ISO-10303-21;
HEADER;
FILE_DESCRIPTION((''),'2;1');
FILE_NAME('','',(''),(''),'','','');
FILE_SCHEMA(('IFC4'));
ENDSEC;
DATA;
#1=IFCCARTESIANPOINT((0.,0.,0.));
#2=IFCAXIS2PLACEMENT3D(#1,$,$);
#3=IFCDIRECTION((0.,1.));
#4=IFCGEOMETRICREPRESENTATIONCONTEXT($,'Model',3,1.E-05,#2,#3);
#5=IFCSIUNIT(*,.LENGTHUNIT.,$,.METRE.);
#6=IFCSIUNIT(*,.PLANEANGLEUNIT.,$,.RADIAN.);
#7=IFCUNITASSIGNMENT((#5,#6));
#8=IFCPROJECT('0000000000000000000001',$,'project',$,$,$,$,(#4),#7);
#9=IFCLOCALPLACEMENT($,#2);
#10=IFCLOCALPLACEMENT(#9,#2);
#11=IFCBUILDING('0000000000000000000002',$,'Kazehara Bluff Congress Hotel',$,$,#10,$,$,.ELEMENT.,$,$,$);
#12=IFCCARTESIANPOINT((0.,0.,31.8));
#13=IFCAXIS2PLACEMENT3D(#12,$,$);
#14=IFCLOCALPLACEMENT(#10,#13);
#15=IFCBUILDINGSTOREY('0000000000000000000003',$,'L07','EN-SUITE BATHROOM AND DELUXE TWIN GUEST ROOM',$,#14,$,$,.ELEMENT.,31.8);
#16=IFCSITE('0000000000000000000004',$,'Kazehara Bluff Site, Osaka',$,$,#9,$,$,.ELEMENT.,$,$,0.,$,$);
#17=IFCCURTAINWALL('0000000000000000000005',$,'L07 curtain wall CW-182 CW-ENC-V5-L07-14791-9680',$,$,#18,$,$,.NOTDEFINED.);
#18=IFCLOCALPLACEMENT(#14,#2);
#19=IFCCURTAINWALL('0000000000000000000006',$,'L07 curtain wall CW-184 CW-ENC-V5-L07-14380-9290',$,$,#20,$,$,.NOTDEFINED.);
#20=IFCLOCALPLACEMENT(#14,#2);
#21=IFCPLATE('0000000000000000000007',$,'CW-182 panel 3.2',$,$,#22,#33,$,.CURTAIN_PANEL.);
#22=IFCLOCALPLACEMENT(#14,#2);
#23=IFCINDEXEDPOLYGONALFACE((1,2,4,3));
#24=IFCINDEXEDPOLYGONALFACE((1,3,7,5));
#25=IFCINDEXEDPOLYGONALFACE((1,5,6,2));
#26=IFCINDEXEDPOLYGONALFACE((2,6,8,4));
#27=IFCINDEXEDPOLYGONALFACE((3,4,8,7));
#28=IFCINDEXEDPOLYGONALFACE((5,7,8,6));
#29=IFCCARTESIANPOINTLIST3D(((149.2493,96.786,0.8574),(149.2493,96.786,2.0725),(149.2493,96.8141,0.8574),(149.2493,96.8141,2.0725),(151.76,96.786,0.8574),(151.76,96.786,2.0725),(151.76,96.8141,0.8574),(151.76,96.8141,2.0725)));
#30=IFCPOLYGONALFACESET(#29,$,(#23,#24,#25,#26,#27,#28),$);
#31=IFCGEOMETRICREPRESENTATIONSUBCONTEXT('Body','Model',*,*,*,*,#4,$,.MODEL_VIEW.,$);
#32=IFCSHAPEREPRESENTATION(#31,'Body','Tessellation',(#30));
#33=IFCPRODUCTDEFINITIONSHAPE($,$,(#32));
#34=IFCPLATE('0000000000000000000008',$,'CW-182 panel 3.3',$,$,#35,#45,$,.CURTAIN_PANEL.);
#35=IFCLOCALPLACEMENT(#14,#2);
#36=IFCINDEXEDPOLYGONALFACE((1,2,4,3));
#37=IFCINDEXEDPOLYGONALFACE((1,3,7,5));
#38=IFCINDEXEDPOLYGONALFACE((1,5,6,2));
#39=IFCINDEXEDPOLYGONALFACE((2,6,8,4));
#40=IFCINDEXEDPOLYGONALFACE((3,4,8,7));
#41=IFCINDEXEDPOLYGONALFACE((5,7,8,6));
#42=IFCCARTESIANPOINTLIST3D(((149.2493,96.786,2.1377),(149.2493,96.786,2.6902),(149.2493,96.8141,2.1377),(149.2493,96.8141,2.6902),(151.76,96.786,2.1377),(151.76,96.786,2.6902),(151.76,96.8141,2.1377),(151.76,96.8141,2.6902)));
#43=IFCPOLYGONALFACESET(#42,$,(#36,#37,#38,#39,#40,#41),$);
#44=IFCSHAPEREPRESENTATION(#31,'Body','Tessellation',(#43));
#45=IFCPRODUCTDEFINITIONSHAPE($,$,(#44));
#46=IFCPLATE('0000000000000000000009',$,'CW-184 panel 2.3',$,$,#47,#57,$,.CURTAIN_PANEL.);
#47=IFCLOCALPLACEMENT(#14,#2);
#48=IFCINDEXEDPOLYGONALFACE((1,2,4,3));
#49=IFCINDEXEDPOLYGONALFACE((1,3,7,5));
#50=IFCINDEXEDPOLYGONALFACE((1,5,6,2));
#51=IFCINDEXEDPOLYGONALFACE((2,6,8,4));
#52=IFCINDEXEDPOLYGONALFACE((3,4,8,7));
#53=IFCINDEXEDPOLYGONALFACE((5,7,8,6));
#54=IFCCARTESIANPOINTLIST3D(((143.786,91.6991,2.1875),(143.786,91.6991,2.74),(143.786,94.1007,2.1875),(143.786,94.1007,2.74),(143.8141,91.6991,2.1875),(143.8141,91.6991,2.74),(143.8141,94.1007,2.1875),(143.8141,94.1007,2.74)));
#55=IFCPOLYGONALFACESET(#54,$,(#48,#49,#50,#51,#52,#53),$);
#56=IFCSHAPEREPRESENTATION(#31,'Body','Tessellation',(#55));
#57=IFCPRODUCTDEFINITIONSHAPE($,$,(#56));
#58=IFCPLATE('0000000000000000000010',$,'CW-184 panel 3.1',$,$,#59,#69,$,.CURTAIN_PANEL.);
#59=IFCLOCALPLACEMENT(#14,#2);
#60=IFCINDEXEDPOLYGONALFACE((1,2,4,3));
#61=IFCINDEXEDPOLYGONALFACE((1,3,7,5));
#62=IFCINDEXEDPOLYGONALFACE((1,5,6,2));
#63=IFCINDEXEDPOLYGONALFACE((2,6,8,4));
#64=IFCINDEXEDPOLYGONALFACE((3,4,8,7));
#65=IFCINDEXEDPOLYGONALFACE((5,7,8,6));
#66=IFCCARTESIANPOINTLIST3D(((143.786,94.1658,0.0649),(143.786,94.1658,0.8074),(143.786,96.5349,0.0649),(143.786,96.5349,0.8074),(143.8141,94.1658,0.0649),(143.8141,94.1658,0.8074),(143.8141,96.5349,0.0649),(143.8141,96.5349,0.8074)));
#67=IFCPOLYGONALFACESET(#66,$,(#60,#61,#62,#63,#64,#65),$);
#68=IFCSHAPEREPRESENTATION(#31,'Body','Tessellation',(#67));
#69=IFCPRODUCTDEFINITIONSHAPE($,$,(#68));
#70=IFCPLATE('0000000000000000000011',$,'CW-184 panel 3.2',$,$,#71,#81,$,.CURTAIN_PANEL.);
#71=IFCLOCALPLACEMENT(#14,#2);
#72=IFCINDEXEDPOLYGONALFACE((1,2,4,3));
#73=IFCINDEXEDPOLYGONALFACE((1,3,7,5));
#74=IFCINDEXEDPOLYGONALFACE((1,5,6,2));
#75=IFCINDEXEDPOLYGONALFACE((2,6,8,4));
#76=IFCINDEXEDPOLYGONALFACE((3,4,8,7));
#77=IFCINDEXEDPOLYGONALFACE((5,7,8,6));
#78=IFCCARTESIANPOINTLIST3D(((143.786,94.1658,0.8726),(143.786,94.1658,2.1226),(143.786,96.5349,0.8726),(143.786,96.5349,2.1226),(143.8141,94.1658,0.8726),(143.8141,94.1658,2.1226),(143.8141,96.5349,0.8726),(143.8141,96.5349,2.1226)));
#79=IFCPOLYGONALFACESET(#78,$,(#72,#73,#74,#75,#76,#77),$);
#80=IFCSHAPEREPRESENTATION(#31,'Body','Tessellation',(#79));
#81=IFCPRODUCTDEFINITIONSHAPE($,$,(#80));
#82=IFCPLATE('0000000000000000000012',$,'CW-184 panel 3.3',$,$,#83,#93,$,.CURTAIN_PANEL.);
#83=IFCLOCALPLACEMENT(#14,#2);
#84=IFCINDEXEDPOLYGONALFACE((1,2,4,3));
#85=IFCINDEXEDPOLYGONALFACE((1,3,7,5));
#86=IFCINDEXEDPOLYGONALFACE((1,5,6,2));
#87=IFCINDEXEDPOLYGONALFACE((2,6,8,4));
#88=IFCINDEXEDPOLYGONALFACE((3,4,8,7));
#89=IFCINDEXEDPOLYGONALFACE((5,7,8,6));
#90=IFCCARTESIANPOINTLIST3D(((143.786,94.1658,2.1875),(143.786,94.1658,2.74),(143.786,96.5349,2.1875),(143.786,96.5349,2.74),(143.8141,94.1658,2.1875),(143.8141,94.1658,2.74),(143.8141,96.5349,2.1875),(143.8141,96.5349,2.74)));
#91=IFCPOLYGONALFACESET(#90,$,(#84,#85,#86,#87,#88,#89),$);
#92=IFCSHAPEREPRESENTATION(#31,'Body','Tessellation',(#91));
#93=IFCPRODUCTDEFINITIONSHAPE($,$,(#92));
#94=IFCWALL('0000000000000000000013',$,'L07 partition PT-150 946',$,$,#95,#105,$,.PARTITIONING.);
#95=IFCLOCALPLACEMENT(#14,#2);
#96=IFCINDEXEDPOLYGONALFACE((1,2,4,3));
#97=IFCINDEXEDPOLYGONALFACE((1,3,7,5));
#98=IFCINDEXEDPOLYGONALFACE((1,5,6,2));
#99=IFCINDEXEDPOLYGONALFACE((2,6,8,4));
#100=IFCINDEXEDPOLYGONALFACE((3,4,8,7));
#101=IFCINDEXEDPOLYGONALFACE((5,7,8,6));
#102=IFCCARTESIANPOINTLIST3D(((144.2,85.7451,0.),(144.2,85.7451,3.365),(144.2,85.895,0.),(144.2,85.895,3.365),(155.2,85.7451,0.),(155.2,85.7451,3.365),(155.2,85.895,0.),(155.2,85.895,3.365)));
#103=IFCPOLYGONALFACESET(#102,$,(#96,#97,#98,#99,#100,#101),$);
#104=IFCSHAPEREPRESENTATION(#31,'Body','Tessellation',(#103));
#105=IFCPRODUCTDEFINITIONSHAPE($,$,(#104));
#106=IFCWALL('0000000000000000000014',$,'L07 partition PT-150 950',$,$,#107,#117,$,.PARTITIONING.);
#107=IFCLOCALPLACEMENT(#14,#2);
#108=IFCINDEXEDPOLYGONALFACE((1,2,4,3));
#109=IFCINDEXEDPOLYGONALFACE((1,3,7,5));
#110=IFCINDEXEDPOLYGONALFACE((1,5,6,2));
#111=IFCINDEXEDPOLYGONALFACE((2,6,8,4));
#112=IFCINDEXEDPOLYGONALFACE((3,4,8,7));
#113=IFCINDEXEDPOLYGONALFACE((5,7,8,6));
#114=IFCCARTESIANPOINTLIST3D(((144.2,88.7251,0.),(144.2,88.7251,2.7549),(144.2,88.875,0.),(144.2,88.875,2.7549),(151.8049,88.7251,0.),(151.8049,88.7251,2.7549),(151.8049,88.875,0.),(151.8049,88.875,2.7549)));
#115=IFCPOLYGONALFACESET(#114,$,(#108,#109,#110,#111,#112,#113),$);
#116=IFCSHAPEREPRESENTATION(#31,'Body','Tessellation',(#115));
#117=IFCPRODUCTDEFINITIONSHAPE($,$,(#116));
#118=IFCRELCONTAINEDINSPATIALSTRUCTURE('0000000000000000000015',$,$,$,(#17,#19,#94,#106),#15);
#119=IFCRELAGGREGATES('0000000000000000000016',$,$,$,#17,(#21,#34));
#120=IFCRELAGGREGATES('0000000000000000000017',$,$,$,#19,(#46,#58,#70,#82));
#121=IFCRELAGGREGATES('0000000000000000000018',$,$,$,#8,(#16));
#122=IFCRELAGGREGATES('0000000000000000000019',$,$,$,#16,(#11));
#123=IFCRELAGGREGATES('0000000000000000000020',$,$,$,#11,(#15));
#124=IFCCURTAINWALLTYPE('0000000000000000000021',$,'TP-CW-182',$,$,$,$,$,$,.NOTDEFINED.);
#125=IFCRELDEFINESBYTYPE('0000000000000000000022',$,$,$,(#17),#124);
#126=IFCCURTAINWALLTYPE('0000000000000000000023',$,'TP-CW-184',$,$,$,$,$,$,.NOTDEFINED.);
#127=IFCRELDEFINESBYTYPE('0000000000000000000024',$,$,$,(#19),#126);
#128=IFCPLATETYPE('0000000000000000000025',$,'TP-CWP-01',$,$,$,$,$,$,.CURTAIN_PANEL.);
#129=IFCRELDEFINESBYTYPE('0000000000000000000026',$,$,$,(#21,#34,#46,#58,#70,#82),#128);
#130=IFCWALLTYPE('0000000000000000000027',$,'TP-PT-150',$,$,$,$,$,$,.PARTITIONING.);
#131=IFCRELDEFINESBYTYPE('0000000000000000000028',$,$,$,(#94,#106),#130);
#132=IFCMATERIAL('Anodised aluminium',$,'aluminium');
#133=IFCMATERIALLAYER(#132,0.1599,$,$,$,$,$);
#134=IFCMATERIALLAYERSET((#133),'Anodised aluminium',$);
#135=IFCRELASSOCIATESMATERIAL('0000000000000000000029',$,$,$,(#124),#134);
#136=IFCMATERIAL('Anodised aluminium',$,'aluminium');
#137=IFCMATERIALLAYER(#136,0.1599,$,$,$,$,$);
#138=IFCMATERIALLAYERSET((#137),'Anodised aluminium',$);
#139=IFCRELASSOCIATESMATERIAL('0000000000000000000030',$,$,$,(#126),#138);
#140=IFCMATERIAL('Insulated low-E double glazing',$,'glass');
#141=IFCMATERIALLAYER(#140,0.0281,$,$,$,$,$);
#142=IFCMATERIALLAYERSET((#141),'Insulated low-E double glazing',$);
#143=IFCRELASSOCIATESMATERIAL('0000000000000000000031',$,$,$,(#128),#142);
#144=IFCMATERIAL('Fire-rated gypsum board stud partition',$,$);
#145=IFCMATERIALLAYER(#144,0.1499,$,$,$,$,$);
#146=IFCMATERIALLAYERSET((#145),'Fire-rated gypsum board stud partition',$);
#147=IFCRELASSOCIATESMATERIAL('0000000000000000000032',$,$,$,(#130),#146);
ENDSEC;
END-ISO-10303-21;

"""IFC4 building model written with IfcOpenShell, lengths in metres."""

from ifc_helpers import new_model, si_unit, direction, frame, frame_2d, origin, origin_2d, place, context, subcontext, project, spatial, rectangle, extrude, material, layer, layer_set, type_object, element, aggregate, save


model = new_model("IFC4")

# Units and contexts
model_context = context("Model", 3, precision=1e-05, world=origin(), true_north=direction((0.0, 1.0)))
body_context = subcontext(model_context, "Body", "Model", "MODEL_VIEW")
ifc_project = project(units=[si_unit("LENGTHUNIT", "METRE"), si_unit("PLANEANGLEUNIT", "RADIAN")], contexts=[model_context])

# Site, building, storey
site_placement = place(None, origin())
site = spatial("IfcSite", under=ifc_project, at=site_placement, Name="Kazehara Bluff Site, Osaka", CompositionType="ELEMENT", RefElevation=0.0)
building_placement = place(site_placement, origin())
building = spatial("IfcBuilding", under=site, at=building_placement, Name="Kazehara Bluff Congress Hotel", CompositionType="ELEMENT")
storey_placement = place(building_placement, frame((0.0, 0.0, 31.8)))
storey = spatial("IfcBuildingStorey", under=building, at=storey_placement, Name="L07", Description="EN-SUITE BATHROOM AND DELUXE TWIN GUEST ROOM", CompositionType="ELEMENT", Elevation=31.8)

# Curtain walls
ifc_material_1 = material(Name="Anodised aluminium", Category="aluminium")
ifc_layer_1 = layer(ifc_material_1, 0.1599)
ifc_layer_set_1 = layer_set([ifc_layer_1], Name="Anodised aluminium")
curtain_wall_type_1 = type_object("IfcCurtainWallType", Name="TP-CW-182", PredefinedType="NOTDEFINED", material=ifc_layer_set_1)
curtain_wall_1_placement = place(storey_placement, origin())
curtain_wall_1 = element("IfcCurtainWall", 1, at=curtain_wall_1_placement, inside=storey, type_object=curtain_wall_type_1, Name="L07 curtain wall CW-182 CW-ENC-V5-L07-14791-9680", PredefinedType="NOTDEFINED")
ifc_material_2 = material(Name="Anodised aluminium", Category="aluminium")
ifc_layer_2 = layer(ifc_material_2, 0.1599)
ifc_layer_set_2 = layer_set([ifc_layer_2], Name="Anodised aluminium")
curtain_wall_type_2 = type_object("IfcCurtainWallType", Name="TP-CW-184", PredefinedType="NOTDEFINED", material=ifc_layer_set_2)
curtain_wall_2_placement = place(storey_placement, origin())
curtain_wall_2 = element("IfcCurtainWall", 2, at=curtain_wall_2_placement, inside=storey, type_object=curtain_wall_type_2, Name="L07 curtain wall CW-184 CW-ENC-V5-L07-14380-9290", PredefinedType="NOTDEFINED")

# Plates
ifc_material_3 = material(Name="Insulated low-E double glazing", Category="glass")
ifc_layer_3 = layer(ifc_material_3, 0.0281)
ifc_layer_set_3 = layer_set([ifc_layer_3], Name="Insulated low-E double glazing")
plate_type = type_object("IfcPlateType", Name="TP-CWP-01", PredefinedType="CURTAIN_PANEL", material=ifc_layer_set_3)
plate_1_placement = place(storey_placement, frame((150.5046, 96.8, 0.8574), z_axis=(0.0, 0.0, 1.0), x_axis=(1.0, 0.0, 0.0)))
plate_1 = element("IfcPlate", 3, at=plate_1_placement, type_object=plate_type, Name="CW-182 panel 3.2", PredefinedType="CURTAIN_PANEL", context=body_context, shape_type="SweptSolid", body=[
    extrude(rectangle(XDim=2.5107, YDim=0.0281, at=origin_2d()), origin(), (0.0, 0.0, 1.0), 1.2151),
])
plate_2_placement = place(storey_placement, frame((150.5046, 96.8, 2.1377), z_axis=(0.0, 0.0, 1.0), x_axis=(1.0, 0.0, 0.0)))
plate_2 = element("IfcPlate", 4, at=plate_2_placement, type_object=plate_type, Name="CW-182 panel 3.3", PredefinedType="CURTAIN_PANEL", context=body_context, shape_type="SweptSolid", body=[
    extrude(rectangle(XDim=2.5107, YDim=0.0281, at=origin_2d()), origin(), (0.0, 0.0, 1.0), 0.5525),
])
aggregate(curtain_wall_1, [plate_1, plate_2])
plate_3_placement = place(storey_placement, frame((143.8, 92.8999, 2.1875), z_axis=(0.0, 0.0, 1.0), x_axis=(0.0, 1.0, 0.0)))
plate_3 = element("IfcPlate", 5, at=plate_3_placement, type_object=plate_type, Name="CW-184 panel 2.3", PredefinedType="CURTAIN_PANEL", context=body_context, shape_type="SweptSolid", body=[
    extrude(rectangle(XDim=2.4016, YDim=0.0281, at=origin_2d()), origin(), (0.0, 0.0, 1.0), 0.5525),
])
plate_4_placement = place(storey_placement, frame((143.8, 95.3503, 0.0649), z_axis=(0.0, 0.0, 1.0), x_axis=(0.0, 1.0, 0.0)))
plate_4 = element("IfcPlate", 6, at=plate_4_placement, type_object=plate_type, Name="CW-184 panel 3.1", PredefinedType="CURTAIN_PANEL", context=body_context, shape_type="SweptSolid", body=[
    extrude(rectangle(XDim=2.3691, YDim=0.0281, at=origin_2d()), origin(), (0.0, 0.0, 1.0), 0.7424),
])
plate_5_placement = place(storey_placement, frame((143.8, 95.3503, 0.8726), z_axis=(0.0, 0.0, 1.0), x_axis=(0.0, 1.0, 0.0)))
plate_5 = element("IfcPlate", 7, at=plate_5_placement, type_object=plate_type, Name="CW-184 panel 3.2", PredefinedType="CURTAIN_PANEL", context=body_context, shape_type="SweptSolid", body=[
    extrude(rectangle(XDim=2.3691, YDim=0.0281, at=origin_2d()), origin(), (0.0, 0.0, 1.0), 1.25),
])
plate_6_placement = place(storey_placement, frame((143.8, 95.3503, 2.1875), z_axis=(0.0, 0.0, 1.0), x_axis=(0.0, 1.0, 0.0)))
plate_6 = element("IfcPlate", 8, at=plate_6_placement, type_object=plate_type, Name="CW-184 panel 3.3", PredefinedType="CURTAIN_PANEL", context=body_context, shape_type="SweptSolid", body=[
    extrude(rectangle(XDim=2.3691, YDim=0.0281, at=origin_2d()), origin(), (0.0, 0.0, 1.0), 0.5525),
])
aggregate(curtain_wall_2, [plate_3, plate_4, plate_5, plate_6])

# Walls
ifc_material_4 = material(Name="Fire-rated gypsum board stud partition")
ifc_layer_4 = layer(ifc_material_4, 0.1499)
ifc_layer_set_4 = layer_set([ifc_layer_4], Name="Fire-rated gypsum board stud partition")
wall_type = type_object("IfcWallType", Name="TP-PT-150", PredefinedType="PARTITIONING", material=ifc_layer_set_4)
wall_1_placement = place(storey_placement, frame((144.2, 85.8201, 0.0), z_axis=(0.0, 0.0, 1.0), x_axis=(1.0, 0.0, 0.0)))
element("IfcWall", 9, at=wall_1_placement, inside=storey, type_object=wall_type, Name="L07 partition PT-150 946", PredefinedType="PARTITIONING", context=body_context, shape_type="SweptSolid", body=[
    extrude(rectangle(XDim=11.0, YDim=0.1499, at=frame_2d((5.5, 0.0))), origin(), (0.0, 0.0, 1.0), 3.365),
])
wall_2_placement = place(storey_placement, frame((144.2, 88.8, 0.0), z_axis=(0.0, 0.0, 1.0), x_axis=(1.0, 0.0, 0.0)))
element("IfcWall", 10, at=wall_2_placement, inside=storey, type_object=wall_type, Name="L07 partition PT-150 950", PredefinedType="PARTITIONING", context=body_context, shape_type="SweptSolid", body=[
    extrude(rectangle(XDim=7.605, YDim=0.1499, at=frame_2d((3.8025, 0.0))), origin(), (0.0, 0.0, 1.0), 2.7549),
])

save(model, "model.ifc")
